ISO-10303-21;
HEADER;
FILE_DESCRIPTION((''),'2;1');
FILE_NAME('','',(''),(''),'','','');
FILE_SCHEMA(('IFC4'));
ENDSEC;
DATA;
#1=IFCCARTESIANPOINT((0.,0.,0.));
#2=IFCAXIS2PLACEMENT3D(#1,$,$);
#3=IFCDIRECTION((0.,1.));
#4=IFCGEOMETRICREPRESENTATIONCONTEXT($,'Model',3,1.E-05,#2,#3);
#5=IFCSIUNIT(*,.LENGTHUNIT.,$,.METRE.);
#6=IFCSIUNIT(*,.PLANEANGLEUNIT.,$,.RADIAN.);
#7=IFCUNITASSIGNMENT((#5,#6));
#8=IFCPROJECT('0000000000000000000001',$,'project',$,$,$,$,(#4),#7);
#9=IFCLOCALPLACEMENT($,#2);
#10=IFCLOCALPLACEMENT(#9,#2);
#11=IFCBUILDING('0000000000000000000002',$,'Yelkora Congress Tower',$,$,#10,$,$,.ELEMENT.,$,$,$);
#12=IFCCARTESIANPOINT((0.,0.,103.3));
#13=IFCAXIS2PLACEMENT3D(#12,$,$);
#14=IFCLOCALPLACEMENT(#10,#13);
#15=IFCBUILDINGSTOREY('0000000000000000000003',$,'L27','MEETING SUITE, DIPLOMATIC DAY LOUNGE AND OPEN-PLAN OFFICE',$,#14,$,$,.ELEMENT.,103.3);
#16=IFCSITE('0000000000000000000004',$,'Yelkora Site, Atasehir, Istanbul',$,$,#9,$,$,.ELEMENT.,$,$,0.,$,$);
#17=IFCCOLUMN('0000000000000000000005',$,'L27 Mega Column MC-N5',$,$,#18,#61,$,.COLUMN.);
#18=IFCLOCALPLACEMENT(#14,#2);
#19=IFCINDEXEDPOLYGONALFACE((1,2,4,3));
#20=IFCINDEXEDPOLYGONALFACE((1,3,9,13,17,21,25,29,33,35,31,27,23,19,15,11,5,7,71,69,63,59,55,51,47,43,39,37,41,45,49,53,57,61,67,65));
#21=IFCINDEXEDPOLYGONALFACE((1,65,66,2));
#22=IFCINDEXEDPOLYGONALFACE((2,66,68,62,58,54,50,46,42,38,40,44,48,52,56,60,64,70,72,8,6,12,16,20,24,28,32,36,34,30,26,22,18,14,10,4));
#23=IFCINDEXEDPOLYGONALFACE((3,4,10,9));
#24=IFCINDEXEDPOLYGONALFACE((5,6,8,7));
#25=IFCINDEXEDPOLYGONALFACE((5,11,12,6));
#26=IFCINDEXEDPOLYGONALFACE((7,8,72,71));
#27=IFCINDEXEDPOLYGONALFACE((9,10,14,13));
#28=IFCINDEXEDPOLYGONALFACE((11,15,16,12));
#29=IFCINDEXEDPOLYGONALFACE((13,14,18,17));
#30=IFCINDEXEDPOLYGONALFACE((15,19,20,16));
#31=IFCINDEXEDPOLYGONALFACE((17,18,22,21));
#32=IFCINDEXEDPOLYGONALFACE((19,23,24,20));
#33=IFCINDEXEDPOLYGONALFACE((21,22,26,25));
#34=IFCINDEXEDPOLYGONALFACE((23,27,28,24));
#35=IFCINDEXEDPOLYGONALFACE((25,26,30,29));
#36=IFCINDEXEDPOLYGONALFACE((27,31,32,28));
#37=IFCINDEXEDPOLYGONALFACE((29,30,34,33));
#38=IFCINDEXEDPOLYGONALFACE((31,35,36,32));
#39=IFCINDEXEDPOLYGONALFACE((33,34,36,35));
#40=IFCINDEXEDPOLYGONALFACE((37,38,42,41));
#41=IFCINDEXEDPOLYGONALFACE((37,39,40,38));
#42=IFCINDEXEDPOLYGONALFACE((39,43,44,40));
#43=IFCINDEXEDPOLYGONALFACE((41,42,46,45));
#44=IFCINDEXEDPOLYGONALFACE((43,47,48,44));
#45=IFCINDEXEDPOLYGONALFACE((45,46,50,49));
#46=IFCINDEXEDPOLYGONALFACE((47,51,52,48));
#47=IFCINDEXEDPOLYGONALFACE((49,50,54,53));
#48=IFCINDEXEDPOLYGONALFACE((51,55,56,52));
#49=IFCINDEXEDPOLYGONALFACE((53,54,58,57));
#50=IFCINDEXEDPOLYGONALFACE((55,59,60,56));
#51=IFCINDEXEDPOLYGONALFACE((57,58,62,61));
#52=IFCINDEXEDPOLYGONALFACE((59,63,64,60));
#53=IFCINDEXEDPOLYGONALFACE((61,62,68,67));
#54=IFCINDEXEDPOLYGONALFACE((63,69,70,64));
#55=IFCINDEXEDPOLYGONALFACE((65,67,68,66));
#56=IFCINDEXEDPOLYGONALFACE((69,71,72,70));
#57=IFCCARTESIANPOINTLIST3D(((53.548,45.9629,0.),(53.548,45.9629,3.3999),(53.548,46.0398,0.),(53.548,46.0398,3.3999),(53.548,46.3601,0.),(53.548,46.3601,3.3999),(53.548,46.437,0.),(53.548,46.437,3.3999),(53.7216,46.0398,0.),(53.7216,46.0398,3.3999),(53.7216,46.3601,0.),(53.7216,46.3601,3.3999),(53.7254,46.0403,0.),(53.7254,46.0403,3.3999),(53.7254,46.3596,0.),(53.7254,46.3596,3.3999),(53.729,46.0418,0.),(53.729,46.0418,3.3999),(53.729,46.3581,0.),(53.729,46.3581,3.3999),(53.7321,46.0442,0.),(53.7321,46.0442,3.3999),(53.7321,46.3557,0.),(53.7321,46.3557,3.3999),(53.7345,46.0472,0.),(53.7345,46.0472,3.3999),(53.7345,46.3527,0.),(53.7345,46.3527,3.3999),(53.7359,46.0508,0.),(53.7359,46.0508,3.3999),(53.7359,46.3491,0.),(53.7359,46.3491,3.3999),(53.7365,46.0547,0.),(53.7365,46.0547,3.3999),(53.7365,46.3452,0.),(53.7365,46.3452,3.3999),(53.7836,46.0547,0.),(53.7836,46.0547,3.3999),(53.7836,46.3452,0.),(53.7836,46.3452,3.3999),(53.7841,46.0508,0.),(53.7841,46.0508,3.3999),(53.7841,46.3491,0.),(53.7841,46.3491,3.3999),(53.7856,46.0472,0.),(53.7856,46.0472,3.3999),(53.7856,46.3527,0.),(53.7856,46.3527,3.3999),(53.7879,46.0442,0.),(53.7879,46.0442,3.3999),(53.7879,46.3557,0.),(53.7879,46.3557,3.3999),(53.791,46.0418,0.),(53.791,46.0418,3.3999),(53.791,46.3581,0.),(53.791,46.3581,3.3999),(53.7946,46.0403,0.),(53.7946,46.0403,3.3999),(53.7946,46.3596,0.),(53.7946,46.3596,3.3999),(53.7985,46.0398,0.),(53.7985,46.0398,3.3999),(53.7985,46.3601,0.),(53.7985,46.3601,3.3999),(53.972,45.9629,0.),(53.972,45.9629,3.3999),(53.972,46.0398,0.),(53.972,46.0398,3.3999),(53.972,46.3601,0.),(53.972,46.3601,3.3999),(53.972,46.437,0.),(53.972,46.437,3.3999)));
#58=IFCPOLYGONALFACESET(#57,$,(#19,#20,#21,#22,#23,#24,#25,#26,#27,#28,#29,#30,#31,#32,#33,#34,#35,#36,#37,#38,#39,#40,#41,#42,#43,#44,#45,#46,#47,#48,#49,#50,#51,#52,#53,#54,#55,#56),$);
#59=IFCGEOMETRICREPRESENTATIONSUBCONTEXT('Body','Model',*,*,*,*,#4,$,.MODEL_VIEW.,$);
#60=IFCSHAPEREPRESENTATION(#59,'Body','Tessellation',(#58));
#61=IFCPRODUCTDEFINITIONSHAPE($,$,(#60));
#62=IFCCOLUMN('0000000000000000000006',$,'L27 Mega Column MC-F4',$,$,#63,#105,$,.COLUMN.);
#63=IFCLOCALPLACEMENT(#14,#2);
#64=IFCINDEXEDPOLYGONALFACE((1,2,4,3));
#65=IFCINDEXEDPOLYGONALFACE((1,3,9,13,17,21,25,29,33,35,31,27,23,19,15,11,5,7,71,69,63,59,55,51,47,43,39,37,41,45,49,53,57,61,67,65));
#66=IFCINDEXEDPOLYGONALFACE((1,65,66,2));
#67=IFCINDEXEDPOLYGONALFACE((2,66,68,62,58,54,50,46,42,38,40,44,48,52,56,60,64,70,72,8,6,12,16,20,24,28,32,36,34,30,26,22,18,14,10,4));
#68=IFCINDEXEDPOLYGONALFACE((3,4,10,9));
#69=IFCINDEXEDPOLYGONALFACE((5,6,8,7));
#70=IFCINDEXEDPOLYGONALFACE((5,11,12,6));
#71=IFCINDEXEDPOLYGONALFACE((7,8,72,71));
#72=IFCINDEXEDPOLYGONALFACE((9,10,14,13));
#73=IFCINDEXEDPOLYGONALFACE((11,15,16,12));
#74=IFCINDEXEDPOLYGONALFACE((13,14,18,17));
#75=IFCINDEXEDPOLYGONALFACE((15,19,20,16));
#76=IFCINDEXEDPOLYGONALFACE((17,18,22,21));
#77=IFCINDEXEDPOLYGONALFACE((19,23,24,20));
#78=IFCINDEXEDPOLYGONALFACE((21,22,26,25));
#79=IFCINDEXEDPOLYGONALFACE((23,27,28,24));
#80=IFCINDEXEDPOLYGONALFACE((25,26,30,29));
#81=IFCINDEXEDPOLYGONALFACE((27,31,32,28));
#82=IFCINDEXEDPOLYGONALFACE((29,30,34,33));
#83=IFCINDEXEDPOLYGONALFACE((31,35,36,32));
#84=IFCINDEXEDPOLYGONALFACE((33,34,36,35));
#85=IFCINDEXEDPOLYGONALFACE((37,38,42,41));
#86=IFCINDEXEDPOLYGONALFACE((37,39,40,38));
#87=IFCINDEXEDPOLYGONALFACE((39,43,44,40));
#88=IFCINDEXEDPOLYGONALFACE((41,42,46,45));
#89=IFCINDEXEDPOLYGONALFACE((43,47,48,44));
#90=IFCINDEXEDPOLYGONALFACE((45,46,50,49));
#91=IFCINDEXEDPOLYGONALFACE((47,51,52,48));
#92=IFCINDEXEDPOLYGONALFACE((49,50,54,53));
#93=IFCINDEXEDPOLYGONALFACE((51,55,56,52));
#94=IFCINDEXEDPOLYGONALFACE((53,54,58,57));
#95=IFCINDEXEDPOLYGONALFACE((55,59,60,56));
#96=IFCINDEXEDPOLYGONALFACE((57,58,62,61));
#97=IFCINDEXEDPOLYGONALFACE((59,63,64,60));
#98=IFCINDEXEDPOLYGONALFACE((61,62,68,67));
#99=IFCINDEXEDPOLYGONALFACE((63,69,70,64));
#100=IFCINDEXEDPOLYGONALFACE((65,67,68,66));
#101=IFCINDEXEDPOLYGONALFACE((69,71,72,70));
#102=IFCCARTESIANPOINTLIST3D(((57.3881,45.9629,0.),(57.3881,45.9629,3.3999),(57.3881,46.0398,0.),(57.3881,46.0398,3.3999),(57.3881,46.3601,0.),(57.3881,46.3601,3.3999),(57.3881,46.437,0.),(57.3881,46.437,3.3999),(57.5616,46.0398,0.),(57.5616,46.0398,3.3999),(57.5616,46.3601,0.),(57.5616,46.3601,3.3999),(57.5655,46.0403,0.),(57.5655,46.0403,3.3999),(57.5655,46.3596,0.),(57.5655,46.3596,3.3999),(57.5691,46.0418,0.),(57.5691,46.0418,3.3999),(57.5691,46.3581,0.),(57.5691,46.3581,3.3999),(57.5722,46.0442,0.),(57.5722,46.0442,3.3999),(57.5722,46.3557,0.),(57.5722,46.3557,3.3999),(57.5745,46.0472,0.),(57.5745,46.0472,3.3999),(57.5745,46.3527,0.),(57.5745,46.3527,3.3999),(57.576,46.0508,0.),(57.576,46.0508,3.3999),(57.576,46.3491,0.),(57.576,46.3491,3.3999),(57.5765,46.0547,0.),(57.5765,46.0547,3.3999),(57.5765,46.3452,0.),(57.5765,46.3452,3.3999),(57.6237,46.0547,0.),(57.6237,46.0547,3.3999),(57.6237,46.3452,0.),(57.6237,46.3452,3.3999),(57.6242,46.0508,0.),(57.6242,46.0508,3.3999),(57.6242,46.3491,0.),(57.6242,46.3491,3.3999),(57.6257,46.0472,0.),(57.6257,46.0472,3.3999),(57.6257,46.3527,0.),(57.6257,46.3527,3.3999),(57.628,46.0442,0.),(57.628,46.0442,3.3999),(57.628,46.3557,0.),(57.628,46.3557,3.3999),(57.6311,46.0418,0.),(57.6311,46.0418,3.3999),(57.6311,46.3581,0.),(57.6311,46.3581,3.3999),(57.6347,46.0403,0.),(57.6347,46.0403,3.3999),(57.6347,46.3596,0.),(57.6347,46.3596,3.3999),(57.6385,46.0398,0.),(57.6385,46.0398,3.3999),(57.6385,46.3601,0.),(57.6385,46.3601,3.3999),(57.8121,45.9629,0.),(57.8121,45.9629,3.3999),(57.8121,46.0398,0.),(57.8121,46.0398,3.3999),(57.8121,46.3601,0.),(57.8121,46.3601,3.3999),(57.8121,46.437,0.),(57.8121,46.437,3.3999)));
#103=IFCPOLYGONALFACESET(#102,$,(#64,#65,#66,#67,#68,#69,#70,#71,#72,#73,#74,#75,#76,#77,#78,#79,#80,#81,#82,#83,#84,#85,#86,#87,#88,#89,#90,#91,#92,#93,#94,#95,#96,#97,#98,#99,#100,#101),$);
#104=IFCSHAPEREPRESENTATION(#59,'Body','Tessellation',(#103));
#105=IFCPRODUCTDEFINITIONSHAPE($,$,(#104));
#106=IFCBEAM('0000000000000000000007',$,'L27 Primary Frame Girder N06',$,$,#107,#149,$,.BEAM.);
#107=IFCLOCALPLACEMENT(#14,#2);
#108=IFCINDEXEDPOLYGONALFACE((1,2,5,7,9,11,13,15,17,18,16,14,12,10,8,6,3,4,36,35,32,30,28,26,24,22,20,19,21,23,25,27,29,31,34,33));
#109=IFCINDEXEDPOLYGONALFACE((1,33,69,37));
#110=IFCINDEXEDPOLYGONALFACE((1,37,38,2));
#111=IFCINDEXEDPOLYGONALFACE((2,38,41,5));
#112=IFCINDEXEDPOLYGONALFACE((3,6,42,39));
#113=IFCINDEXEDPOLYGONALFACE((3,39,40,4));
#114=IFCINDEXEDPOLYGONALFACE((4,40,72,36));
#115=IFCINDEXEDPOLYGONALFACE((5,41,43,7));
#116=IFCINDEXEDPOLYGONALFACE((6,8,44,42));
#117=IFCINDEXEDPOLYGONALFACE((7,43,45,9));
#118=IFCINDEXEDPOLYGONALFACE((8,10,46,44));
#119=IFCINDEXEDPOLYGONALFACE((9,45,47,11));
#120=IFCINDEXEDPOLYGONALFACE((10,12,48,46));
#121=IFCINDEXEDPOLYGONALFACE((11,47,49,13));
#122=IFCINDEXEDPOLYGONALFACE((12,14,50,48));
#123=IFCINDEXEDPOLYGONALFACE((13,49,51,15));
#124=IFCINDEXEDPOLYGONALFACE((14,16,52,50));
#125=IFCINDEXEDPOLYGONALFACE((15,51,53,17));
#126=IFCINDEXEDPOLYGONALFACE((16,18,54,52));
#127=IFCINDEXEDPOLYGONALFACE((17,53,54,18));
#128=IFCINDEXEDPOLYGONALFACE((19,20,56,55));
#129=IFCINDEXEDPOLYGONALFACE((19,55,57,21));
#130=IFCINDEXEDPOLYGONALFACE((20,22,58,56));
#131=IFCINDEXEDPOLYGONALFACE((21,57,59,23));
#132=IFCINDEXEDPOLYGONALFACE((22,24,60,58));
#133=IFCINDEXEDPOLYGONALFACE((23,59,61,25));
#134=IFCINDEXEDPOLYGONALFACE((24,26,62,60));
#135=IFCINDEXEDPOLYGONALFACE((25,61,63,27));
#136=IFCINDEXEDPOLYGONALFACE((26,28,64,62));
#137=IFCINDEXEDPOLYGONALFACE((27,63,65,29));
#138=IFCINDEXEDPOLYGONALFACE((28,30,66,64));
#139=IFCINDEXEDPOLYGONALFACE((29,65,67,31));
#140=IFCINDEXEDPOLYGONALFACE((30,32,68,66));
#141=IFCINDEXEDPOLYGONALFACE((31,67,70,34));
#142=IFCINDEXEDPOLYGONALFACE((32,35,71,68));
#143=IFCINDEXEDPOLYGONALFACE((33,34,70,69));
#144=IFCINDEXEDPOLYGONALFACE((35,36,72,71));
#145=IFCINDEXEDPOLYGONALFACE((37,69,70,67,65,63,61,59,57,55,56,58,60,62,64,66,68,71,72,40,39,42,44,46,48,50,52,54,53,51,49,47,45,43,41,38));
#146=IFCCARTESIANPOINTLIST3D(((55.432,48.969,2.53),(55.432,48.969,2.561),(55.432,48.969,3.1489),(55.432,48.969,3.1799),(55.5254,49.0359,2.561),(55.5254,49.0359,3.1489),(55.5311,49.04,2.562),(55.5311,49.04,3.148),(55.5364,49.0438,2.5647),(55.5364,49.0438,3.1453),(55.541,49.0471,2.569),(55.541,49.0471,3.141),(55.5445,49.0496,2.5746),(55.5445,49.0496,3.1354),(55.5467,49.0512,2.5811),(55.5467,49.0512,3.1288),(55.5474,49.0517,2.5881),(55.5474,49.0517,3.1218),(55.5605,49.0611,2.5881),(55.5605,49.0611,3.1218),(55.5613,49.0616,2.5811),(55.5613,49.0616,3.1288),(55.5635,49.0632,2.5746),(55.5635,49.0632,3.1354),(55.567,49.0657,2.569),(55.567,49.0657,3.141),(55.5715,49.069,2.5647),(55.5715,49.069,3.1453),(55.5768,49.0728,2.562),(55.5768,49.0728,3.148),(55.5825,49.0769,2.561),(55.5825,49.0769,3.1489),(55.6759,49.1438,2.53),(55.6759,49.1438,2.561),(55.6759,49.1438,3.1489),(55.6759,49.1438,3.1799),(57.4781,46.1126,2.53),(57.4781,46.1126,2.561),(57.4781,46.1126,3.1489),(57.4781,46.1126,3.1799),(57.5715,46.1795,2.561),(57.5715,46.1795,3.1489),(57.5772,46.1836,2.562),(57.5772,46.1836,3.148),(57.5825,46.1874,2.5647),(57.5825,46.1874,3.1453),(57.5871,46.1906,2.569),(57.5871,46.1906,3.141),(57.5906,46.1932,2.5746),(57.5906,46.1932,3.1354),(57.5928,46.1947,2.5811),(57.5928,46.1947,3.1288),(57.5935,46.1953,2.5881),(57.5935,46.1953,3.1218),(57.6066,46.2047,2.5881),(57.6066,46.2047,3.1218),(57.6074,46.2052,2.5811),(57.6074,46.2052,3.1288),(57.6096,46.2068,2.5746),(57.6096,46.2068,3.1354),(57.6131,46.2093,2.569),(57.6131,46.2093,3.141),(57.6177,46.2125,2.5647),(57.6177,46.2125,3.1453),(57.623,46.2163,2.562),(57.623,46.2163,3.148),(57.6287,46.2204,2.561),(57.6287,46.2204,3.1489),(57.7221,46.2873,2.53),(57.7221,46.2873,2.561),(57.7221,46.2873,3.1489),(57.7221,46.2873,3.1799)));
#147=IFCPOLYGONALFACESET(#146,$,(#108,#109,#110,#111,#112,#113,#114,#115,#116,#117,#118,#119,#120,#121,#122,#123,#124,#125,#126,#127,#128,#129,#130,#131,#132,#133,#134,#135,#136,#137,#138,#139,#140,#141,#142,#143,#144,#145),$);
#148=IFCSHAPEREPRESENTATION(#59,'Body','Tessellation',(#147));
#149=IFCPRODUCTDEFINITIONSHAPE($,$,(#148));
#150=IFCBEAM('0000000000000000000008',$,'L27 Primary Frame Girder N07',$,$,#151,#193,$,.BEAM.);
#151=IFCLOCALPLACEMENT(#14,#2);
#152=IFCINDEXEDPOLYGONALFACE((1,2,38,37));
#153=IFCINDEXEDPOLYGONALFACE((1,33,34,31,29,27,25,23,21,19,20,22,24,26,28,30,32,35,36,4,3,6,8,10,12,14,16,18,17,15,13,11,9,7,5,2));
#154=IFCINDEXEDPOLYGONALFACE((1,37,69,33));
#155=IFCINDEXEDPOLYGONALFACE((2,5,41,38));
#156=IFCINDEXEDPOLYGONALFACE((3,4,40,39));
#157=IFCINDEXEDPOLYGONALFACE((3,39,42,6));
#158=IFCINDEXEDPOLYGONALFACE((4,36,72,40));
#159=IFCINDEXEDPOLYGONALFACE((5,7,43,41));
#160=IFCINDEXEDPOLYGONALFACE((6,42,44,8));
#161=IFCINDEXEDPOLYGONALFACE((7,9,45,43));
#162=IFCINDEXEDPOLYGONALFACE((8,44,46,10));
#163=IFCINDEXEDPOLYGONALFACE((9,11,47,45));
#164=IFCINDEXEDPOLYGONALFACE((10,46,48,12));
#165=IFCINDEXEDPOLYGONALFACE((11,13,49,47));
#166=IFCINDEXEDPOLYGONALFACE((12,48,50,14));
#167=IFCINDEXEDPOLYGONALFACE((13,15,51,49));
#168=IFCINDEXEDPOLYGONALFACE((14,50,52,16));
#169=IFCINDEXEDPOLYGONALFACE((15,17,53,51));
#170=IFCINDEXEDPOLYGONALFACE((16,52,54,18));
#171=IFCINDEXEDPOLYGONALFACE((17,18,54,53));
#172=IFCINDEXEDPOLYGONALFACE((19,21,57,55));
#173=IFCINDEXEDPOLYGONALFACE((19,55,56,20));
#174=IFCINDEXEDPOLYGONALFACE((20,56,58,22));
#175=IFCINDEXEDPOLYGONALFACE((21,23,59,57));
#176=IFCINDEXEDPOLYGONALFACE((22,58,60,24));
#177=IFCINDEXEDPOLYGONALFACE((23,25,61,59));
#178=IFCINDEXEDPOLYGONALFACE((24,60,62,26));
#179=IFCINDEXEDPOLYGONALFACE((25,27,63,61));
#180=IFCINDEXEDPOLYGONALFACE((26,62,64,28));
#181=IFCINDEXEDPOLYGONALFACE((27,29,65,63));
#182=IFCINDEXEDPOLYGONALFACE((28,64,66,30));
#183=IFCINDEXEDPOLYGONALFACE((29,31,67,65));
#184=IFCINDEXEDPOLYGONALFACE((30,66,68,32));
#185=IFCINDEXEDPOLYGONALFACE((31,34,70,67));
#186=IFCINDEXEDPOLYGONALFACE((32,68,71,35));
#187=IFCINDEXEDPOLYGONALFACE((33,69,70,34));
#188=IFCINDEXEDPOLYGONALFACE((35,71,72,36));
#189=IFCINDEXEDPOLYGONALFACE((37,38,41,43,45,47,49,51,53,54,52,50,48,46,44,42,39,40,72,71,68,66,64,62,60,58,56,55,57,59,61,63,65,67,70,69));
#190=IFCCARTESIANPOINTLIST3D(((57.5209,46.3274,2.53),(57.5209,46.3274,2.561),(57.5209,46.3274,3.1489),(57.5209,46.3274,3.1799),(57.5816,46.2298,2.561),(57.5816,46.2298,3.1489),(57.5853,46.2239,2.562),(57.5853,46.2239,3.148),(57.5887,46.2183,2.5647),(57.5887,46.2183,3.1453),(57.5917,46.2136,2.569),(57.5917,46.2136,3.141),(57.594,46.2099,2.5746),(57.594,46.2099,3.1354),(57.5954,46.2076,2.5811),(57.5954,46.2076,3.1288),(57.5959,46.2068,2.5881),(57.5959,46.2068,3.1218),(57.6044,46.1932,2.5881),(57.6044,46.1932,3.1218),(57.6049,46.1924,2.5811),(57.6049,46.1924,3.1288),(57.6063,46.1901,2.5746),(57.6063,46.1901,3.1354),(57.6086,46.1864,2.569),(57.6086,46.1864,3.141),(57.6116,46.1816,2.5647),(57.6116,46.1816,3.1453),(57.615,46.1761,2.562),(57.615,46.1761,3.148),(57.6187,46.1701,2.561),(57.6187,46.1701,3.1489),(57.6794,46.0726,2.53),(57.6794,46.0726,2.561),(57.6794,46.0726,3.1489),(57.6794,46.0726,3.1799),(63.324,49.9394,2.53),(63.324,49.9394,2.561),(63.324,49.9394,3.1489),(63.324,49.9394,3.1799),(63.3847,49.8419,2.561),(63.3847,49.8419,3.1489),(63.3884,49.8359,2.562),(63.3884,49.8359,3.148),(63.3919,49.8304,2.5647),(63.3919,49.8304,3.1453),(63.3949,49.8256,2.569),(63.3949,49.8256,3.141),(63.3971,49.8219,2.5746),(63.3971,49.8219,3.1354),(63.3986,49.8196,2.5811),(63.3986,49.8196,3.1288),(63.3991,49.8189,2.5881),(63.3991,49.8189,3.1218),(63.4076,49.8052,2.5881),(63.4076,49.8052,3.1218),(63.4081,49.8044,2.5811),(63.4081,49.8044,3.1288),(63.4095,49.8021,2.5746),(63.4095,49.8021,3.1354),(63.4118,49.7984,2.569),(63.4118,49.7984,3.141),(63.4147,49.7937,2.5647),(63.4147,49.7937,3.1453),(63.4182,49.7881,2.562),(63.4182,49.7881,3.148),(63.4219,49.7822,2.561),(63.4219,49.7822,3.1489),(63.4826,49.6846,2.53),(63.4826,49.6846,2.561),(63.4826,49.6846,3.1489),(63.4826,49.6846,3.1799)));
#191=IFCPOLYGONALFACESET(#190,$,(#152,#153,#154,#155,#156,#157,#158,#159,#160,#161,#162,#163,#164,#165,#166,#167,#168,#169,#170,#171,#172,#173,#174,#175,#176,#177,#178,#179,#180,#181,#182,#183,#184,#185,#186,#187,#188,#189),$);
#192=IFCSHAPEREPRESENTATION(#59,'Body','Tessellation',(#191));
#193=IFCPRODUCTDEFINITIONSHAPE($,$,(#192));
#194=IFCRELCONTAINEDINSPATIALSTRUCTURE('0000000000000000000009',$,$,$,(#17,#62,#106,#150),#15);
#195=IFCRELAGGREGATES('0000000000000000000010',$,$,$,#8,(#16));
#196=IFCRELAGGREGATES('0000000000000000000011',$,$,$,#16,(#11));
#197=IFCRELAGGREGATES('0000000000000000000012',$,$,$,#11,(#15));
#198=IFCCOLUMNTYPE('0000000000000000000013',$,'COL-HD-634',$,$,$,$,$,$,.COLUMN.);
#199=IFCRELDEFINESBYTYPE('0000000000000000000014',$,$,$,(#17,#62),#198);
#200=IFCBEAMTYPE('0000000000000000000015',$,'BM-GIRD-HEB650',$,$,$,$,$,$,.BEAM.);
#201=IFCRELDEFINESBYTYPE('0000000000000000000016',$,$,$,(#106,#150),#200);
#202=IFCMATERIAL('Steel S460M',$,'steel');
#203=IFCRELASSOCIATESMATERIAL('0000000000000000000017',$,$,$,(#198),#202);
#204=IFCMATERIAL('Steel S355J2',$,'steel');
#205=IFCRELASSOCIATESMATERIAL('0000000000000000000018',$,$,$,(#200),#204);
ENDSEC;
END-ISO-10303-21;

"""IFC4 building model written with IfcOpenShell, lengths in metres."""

from ifc_helpers import new_model, si_unit, direction, frame, origin, origin_2d, place, context, subcontext, project, spatial, i_section, extrude, material, material_profile, profile_set, type_object, element, save


model = new_model("IFC4")

# Units and contexts
model_context = context("Model", 3, precision=1e-05, world=origin(), true_north=direction((0.0, 1.0)))
body_context = subcontext(model_context, "Body", "Model", "MODEL_VIEW")
ifc_project = project(units=[si_unit("LENGTHUNIT", "METRE"), si_unit("PLANEANGLEUNIT", "RADIAN")], contexts=[model_context])

# Site, building, storey
site_placement = place(None, origin())
site = spatial("IfcSite", under=ifc_project, at=site_placement, Name="Yelkora Site, Atasehir, Istanbul", CompositionType="ELEMENT", RefElevation=0.0)
building_placement = place(site_placement, origin())
building = spatial("IfcBuilding", under=site, at=building_placement, Name="Yelkora Congress Tower", CompositionType="ELEMENT")
storey_placement = place(building_placement, frame((0.0, 0.0, 103.3)))
storey = spatial("IfcBuildingStorey", under=building, at=storey_placement, Name="L27", Description="MEETING SUITE, DIPLOMATIC DAY LOUNGE AND OPEN-PLAN OFFICE", CompositionType="ELEMENT", Elevation=103.3)

# Columns
ifc_material_1 = material(Name="Steel S460M", Category="steel")
ifc_material_profile_1 = material_profile(ifc_material_1, i_section(OverallWidth=0.4241, OverallDepth=0.4741, WebThickness=0.0471, FlangeThickness=0.0769, FilletRadius=0.0149, at=origin_2d()), Name="HD 400x634")
ifc_profile_set_1 = profile_set([ifc_material_profile_1], Name="Steel S460M")
column_type_1 = type_object("IfcColumnType", Name="COL-HD-634", PredefinedType="COLUMN", material=ifc_profile_set_1)
for number, where, z_axis, x_axis, name in (
    (1, (53.76, 46.2, 0.0), (0.0, 0.0, 1.0), (1.0, 0.0, 0.0), "L27 Mega Column MC-N5"),
    (2, (57.6001, 46.2, 0.0), (0.0, 0.0, 1.0), (1.0, 0.0, 0.0), "L27 Mega Column MC-F4"),
):
    element("IfcColumn", number, at=place(storey_placement, frame(where, z_axis=z_axis, x_axis=x_axis)), inside=storey, type_object=column_type_1, Name=name, PredefinedType="COLUMN", context=body_context, shape_type="SweptSolid", body=[
        extrude(i_section(OverallWidth=0.4241, OverallDepth=0.4741, WebThickness=0.0471, FlangeThickness=0.0769, FilletRadius=0.0149, at=origin_2d()), origin(), (0.0, 0.0, 1.0), 3.3999),
    ])

# Beams
ifc_material_2 = material(Name="Steel S355J2", Category="steel")
ifc_material_profile_2 = material_profile(ifc_material_2, i_section(OverallWidth=0.3, OverallDepth=0.6499, WebThickness=0.0161, FlangeThickness=0.031, FilletRadius=0.0271, at=origin_2d()), Name="HEB 650")
ifc_profile_set_2 = profile_set([ifc_material_profile_2], Name="Steel S355J2")
beam_type_1 = type_object("IfcBeamType", Name="BM-GIRD-HEB650", PredefinedType="BEAM", material=ifc_profile_set_2)
beam_1_placement = place(storey_placement, frame((55.554, 49.0564, 2.855), z_axis=(0.582335, -0.812949, 0.0), x_axis=(0.812949, 0.582335, 0.0)))
element("IfcBeam", 3, at=beam_1_placement, inside=storey, type_object=beam_type_1, Name="L27 Primary Frame Girder N06", PredefinedType="BEAM", context=body_context, shape_type="SweptSolid", body=[
    extrude(i_section(OverallWidth=0.3, OverallDepth=0.6499, WebThickness=0.0161, FlangeThickness=0.031, FilletRadius=0.0271, at=origin_2d()), origin(), (0.0, 0.0, 1.0), 3.5137),
])
beam_2_placement = place(storey_placement, frame((63.4033, 49.812, 2.855), z_axis=(-0.84898, -0.528425, 0.0), x_axis=(0.528425, -0.84898, 0.0)))
element("IfcBeam", 4, at=beam_2_placement, inside=storey, type_object=beam_type_1, Name="L27 Primary Frame Girder N07", PredefinedType="BEAM", context=body_context, shape_type="SweptSolid", body=[
    extrude(i_section(OverallWidth=0.3, OverallDepth=0.6499, WebThickness=0.0161, FlangeThickness=0.031, FilletRadius=0.0271, at=origin_2d()), origin(), (0.0, 0.0, 1.0), 6.8354),
])

save(model, "model.ifc")
